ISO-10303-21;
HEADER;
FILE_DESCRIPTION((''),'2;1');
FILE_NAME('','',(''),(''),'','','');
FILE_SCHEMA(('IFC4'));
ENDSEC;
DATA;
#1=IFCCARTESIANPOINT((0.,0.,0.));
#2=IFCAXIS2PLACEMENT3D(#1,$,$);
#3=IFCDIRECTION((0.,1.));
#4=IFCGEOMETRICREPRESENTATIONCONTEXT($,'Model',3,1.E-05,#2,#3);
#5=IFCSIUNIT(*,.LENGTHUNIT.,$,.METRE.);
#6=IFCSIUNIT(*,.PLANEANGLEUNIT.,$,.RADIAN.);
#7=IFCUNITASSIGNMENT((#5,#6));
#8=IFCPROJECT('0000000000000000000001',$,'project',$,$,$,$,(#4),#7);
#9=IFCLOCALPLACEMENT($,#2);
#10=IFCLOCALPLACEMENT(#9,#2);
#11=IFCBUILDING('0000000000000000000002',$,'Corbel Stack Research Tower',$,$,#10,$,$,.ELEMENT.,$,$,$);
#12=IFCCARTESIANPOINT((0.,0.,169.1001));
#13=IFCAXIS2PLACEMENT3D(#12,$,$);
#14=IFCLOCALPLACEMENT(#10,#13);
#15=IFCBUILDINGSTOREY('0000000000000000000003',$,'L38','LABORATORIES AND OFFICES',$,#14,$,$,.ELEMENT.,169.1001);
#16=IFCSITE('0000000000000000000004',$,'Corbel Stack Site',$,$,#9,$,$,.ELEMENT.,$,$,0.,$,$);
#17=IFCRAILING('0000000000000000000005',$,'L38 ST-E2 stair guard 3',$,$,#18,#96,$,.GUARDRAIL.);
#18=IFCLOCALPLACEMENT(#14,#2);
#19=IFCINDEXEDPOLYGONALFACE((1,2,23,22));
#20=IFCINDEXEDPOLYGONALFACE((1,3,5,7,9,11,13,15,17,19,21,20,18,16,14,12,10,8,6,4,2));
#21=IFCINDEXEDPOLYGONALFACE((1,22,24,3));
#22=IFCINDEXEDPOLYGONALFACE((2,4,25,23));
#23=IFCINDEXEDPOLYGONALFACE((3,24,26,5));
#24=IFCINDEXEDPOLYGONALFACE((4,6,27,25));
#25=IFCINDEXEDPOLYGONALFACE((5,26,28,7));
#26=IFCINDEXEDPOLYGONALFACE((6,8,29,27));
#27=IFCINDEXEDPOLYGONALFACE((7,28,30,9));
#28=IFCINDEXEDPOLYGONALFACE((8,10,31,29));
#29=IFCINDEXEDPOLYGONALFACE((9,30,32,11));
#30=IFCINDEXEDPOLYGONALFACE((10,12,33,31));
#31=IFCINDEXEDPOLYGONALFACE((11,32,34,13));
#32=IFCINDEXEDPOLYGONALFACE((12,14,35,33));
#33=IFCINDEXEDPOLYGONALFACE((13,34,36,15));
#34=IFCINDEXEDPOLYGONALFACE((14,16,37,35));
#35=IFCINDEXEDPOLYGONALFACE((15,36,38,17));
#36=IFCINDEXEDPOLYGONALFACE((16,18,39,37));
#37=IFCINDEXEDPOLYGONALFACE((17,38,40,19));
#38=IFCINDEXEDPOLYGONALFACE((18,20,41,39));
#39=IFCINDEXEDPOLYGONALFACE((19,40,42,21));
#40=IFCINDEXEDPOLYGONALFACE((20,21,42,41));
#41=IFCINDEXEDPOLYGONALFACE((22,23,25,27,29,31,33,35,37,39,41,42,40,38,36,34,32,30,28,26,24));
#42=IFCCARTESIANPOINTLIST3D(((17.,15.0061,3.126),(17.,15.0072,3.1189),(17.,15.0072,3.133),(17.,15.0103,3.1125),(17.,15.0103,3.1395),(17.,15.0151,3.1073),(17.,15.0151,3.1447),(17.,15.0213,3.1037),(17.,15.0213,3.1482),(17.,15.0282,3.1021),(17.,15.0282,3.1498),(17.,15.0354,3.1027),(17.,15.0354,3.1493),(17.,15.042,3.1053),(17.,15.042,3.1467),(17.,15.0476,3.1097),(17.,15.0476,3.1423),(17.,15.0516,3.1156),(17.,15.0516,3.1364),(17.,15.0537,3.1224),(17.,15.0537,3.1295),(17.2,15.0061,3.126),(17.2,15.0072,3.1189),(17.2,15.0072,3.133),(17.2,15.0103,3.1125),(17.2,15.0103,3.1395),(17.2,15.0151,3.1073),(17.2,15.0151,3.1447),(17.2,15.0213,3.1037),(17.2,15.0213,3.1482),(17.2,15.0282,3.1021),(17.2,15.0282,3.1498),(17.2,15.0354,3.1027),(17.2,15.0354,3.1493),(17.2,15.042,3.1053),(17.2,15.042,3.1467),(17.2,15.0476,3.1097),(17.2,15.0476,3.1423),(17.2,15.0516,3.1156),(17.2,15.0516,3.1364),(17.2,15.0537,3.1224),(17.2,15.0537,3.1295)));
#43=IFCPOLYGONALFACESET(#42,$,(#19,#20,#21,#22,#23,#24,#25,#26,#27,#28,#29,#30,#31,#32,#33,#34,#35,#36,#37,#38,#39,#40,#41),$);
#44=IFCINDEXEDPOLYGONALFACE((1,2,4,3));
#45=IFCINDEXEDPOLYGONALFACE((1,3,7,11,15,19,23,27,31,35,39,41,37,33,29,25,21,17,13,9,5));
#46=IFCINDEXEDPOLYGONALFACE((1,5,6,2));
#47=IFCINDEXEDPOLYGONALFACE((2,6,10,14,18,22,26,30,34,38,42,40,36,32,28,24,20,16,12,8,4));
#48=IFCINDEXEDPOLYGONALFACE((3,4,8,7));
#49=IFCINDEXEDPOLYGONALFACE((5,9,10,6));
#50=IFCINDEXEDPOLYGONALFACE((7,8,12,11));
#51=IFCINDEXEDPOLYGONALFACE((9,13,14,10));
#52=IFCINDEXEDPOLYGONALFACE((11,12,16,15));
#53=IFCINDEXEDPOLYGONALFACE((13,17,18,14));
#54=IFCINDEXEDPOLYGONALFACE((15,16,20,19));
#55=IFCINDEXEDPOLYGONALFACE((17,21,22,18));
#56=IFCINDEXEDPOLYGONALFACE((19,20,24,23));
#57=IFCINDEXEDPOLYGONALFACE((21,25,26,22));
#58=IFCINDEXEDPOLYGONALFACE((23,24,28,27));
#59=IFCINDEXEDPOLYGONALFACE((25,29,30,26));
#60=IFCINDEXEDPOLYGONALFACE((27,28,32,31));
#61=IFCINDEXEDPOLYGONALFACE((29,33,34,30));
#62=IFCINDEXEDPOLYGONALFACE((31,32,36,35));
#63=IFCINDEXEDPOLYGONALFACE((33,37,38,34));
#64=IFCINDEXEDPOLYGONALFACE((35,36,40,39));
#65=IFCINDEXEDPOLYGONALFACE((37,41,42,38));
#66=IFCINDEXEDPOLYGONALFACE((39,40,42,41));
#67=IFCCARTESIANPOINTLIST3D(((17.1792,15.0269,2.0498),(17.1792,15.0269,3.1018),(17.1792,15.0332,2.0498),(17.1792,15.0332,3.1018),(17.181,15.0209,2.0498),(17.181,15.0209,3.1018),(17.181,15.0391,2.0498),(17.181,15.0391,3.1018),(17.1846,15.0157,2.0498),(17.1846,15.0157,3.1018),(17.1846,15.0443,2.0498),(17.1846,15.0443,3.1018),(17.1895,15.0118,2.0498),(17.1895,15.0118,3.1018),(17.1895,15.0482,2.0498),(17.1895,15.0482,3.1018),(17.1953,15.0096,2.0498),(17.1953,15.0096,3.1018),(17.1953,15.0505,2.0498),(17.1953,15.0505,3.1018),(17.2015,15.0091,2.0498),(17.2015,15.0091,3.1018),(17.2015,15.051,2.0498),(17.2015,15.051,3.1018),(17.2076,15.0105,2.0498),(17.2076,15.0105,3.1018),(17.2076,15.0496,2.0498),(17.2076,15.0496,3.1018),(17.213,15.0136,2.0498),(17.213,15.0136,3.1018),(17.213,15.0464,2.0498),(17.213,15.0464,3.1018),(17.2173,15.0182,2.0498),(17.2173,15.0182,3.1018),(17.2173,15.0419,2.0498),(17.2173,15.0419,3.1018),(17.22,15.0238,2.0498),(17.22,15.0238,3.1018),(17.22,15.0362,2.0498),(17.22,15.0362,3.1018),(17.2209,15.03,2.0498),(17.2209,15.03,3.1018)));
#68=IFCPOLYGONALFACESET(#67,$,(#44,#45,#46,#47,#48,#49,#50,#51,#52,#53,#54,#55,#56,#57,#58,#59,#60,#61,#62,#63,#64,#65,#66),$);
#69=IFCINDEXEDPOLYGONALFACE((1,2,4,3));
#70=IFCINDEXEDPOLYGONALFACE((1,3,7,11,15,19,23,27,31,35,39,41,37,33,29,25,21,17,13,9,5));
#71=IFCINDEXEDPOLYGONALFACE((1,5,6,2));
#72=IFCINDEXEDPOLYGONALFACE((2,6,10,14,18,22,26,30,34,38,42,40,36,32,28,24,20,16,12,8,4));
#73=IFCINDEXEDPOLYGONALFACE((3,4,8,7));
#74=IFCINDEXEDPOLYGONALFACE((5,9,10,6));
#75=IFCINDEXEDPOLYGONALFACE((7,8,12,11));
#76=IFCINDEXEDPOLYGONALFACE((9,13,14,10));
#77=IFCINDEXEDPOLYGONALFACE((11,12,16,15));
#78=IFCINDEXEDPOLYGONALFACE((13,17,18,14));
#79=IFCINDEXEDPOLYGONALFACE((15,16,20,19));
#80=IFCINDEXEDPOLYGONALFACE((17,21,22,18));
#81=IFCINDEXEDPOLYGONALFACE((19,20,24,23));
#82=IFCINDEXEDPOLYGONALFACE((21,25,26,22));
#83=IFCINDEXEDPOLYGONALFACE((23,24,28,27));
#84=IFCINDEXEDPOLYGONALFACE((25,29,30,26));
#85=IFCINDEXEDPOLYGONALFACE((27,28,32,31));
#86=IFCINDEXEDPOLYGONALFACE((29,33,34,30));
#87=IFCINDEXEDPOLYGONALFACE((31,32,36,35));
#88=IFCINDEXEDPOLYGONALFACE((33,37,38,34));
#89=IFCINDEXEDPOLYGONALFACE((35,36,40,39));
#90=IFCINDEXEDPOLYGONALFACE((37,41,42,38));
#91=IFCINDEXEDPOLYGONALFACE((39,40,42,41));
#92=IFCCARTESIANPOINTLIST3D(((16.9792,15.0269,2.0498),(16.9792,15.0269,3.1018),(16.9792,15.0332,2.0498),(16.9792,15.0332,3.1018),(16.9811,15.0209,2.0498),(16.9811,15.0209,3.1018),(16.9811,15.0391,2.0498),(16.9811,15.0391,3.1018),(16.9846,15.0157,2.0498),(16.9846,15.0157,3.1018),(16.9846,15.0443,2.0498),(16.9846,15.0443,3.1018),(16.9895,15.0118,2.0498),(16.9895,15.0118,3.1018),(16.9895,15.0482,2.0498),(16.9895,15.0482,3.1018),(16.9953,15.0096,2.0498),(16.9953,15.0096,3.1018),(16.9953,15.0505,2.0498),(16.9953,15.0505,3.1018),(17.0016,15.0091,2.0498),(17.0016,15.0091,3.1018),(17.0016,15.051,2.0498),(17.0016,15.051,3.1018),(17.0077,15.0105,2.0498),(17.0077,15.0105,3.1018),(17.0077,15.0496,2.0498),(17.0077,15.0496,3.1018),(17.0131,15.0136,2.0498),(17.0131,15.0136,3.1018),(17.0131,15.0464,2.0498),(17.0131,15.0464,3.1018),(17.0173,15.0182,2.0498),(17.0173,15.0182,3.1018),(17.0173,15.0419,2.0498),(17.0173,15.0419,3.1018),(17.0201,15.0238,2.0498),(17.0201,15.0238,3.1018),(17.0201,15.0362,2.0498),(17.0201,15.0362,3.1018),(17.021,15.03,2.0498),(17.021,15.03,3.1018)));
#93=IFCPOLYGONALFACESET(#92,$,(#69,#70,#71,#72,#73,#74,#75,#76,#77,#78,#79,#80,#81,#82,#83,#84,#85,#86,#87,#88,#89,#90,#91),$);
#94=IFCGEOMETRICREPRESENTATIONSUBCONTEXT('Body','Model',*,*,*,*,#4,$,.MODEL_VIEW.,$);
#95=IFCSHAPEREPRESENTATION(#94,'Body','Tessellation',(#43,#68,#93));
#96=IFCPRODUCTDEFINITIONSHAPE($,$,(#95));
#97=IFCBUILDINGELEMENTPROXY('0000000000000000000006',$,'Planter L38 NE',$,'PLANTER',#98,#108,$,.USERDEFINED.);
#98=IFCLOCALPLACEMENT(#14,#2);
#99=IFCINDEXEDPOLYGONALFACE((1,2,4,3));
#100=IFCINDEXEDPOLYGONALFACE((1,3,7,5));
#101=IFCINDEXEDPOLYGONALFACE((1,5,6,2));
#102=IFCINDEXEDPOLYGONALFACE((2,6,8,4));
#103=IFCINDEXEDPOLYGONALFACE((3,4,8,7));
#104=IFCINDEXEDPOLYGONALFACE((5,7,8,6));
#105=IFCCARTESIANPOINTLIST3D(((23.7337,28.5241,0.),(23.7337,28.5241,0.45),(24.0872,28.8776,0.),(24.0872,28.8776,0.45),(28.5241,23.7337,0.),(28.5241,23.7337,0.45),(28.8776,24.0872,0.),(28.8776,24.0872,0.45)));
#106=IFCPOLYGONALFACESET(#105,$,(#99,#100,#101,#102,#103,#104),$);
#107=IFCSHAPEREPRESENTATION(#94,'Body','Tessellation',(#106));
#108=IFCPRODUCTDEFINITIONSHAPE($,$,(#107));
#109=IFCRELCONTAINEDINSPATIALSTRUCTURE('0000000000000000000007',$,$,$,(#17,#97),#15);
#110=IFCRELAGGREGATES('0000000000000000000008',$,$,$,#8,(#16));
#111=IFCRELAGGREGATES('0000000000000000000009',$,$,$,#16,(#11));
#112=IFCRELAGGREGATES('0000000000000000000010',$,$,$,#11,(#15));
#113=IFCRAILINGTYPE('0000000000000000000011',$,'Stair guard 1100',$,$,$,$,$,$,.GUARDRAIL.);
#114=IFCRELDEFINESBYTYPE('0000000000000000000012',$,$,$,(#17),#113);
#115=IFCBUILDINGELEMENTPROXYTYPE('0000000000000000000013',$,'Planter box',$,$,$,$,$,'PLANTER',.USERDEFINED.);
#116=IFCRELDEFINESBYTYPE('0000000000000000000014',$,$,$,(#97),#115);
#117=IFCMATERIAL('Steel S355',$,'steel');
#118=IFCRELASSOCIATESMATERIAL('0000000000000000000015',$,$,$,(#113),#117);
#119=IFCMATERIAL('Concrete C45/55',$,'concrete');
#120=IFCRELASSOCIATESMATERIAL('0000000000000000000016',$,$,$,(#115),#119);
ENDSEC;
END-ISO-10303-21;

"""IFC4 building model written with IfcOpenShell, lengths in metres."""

from ifc_helpers import new_model, si_unit, direction, frame, origin, origin_2d, place, context, subcontext, project, spatial, rectangle, circle, extrude, material, type_object, element, save


model = new_model("IFC4")

# Units and contexts
model_context = context("Model", 3, precision=1e-05, world=origin(), true_north=direction((0.0, 1.0)))
body_context = subcontext(model_context, "Body", "Model", "MODEL_VIEW")
ifc_project = project(units=[si_unit("LENGTHUNIT", "METRE"), si_unit("PLANEANGLEUNIT", "RADIAN")], contexts=[model_context])

# Site, building, storey
site_placement = place(None, origin())
site = spatial("IfcSite", under=ifc_project, at=site_placement, Name="Corbel Stack Site", CompositionType="ELEMENT", RefElevation=0.0)
building_placement = place(site_placement, origin())
building = spatial("IfcBuilding", under=site, at=building_placement, Name="Corbel Stack Research Tower", CompositionType="ELEMENT")
storey_placement = place(building_placement, frame((0.0, 0.0, 169.1001)))
storey = spatial("IfcBuildingStorey", under=building, at=storey_placement, Name="L38", Description="LABORATORIES AND OFFICES", CompositionType="ELEMENT", Elevation=169.1001)

# Railing
ifc_material_1 = material(Name="Steel S355", Category="steel")
railing_type_1 = type_object("IfcRailingType", Name="Stair guard 1100", PredefinedType="GUARDRAIL", material=ifc_material_1)
railing_1_placement = place(storey_placement, frame((17.2, 15.03, 2.0498)))
element("IfcRailing", 1, at=railing_1_placement, inside=storey, type_object=railing_type_1, Name="L38 ST-E2 stair guard 3", PredefinedType="GUARDRAIL", context=body_context, shape_type="SweptSolid", body=[
    extrude(circle(Radius=0.0239, at=origin_2d()), frame((0.0, 0.0, 1.0762), z_axis=(-1.0, 0.0, 0.0), x_axis=(0.0, -1.0, 0.0)), (0.0, 0.0, 1.0), 0.2),
    extrude(circle(Radius=0.021, at=origin_2d()), origin(), (0.0, 0.0, 1.0), 1.052),
    extrude(circle(Radius=0.021, at=origin_2d()), frame((-0.2, 0.0, 0.0)), (0.0, 0.0, 1.0), 1.052),
])

# Building element proxy
ifc_material_2 = material(Name="Concrete C45/55", Category="concrete")
building_element_proxy_type = type_object("IfcBuildingElementProxyType", Name="Planter box", ElementType="PLANTER", PredefinedType="USERDEFINED", material=ifc_material_2)
proxy_placement = place(storey_placement, frame((26.3057, 26.3057, 0.0), z_axis=(0.0, 0.0, 1.0), x_axis=(-0.707107, 0.707107, 0.0)))
element("IfcBuildingElementProxy", 2, at=proxy_placement, inside=storey, type_object=building_element_proxy_type, Name="Planter L38 NE", ObjectType="PLANTER", PredefinedType="USERDEFINED", context=body_context, shape_type="SweptSolid", body=[
    extrude(rectangle(XDim=6.7747, YDim=0.5, at=origin_2d()), origin(), (0.0, 0.0, 1.0), 0.45),
])

save(model, "model.ifc")
